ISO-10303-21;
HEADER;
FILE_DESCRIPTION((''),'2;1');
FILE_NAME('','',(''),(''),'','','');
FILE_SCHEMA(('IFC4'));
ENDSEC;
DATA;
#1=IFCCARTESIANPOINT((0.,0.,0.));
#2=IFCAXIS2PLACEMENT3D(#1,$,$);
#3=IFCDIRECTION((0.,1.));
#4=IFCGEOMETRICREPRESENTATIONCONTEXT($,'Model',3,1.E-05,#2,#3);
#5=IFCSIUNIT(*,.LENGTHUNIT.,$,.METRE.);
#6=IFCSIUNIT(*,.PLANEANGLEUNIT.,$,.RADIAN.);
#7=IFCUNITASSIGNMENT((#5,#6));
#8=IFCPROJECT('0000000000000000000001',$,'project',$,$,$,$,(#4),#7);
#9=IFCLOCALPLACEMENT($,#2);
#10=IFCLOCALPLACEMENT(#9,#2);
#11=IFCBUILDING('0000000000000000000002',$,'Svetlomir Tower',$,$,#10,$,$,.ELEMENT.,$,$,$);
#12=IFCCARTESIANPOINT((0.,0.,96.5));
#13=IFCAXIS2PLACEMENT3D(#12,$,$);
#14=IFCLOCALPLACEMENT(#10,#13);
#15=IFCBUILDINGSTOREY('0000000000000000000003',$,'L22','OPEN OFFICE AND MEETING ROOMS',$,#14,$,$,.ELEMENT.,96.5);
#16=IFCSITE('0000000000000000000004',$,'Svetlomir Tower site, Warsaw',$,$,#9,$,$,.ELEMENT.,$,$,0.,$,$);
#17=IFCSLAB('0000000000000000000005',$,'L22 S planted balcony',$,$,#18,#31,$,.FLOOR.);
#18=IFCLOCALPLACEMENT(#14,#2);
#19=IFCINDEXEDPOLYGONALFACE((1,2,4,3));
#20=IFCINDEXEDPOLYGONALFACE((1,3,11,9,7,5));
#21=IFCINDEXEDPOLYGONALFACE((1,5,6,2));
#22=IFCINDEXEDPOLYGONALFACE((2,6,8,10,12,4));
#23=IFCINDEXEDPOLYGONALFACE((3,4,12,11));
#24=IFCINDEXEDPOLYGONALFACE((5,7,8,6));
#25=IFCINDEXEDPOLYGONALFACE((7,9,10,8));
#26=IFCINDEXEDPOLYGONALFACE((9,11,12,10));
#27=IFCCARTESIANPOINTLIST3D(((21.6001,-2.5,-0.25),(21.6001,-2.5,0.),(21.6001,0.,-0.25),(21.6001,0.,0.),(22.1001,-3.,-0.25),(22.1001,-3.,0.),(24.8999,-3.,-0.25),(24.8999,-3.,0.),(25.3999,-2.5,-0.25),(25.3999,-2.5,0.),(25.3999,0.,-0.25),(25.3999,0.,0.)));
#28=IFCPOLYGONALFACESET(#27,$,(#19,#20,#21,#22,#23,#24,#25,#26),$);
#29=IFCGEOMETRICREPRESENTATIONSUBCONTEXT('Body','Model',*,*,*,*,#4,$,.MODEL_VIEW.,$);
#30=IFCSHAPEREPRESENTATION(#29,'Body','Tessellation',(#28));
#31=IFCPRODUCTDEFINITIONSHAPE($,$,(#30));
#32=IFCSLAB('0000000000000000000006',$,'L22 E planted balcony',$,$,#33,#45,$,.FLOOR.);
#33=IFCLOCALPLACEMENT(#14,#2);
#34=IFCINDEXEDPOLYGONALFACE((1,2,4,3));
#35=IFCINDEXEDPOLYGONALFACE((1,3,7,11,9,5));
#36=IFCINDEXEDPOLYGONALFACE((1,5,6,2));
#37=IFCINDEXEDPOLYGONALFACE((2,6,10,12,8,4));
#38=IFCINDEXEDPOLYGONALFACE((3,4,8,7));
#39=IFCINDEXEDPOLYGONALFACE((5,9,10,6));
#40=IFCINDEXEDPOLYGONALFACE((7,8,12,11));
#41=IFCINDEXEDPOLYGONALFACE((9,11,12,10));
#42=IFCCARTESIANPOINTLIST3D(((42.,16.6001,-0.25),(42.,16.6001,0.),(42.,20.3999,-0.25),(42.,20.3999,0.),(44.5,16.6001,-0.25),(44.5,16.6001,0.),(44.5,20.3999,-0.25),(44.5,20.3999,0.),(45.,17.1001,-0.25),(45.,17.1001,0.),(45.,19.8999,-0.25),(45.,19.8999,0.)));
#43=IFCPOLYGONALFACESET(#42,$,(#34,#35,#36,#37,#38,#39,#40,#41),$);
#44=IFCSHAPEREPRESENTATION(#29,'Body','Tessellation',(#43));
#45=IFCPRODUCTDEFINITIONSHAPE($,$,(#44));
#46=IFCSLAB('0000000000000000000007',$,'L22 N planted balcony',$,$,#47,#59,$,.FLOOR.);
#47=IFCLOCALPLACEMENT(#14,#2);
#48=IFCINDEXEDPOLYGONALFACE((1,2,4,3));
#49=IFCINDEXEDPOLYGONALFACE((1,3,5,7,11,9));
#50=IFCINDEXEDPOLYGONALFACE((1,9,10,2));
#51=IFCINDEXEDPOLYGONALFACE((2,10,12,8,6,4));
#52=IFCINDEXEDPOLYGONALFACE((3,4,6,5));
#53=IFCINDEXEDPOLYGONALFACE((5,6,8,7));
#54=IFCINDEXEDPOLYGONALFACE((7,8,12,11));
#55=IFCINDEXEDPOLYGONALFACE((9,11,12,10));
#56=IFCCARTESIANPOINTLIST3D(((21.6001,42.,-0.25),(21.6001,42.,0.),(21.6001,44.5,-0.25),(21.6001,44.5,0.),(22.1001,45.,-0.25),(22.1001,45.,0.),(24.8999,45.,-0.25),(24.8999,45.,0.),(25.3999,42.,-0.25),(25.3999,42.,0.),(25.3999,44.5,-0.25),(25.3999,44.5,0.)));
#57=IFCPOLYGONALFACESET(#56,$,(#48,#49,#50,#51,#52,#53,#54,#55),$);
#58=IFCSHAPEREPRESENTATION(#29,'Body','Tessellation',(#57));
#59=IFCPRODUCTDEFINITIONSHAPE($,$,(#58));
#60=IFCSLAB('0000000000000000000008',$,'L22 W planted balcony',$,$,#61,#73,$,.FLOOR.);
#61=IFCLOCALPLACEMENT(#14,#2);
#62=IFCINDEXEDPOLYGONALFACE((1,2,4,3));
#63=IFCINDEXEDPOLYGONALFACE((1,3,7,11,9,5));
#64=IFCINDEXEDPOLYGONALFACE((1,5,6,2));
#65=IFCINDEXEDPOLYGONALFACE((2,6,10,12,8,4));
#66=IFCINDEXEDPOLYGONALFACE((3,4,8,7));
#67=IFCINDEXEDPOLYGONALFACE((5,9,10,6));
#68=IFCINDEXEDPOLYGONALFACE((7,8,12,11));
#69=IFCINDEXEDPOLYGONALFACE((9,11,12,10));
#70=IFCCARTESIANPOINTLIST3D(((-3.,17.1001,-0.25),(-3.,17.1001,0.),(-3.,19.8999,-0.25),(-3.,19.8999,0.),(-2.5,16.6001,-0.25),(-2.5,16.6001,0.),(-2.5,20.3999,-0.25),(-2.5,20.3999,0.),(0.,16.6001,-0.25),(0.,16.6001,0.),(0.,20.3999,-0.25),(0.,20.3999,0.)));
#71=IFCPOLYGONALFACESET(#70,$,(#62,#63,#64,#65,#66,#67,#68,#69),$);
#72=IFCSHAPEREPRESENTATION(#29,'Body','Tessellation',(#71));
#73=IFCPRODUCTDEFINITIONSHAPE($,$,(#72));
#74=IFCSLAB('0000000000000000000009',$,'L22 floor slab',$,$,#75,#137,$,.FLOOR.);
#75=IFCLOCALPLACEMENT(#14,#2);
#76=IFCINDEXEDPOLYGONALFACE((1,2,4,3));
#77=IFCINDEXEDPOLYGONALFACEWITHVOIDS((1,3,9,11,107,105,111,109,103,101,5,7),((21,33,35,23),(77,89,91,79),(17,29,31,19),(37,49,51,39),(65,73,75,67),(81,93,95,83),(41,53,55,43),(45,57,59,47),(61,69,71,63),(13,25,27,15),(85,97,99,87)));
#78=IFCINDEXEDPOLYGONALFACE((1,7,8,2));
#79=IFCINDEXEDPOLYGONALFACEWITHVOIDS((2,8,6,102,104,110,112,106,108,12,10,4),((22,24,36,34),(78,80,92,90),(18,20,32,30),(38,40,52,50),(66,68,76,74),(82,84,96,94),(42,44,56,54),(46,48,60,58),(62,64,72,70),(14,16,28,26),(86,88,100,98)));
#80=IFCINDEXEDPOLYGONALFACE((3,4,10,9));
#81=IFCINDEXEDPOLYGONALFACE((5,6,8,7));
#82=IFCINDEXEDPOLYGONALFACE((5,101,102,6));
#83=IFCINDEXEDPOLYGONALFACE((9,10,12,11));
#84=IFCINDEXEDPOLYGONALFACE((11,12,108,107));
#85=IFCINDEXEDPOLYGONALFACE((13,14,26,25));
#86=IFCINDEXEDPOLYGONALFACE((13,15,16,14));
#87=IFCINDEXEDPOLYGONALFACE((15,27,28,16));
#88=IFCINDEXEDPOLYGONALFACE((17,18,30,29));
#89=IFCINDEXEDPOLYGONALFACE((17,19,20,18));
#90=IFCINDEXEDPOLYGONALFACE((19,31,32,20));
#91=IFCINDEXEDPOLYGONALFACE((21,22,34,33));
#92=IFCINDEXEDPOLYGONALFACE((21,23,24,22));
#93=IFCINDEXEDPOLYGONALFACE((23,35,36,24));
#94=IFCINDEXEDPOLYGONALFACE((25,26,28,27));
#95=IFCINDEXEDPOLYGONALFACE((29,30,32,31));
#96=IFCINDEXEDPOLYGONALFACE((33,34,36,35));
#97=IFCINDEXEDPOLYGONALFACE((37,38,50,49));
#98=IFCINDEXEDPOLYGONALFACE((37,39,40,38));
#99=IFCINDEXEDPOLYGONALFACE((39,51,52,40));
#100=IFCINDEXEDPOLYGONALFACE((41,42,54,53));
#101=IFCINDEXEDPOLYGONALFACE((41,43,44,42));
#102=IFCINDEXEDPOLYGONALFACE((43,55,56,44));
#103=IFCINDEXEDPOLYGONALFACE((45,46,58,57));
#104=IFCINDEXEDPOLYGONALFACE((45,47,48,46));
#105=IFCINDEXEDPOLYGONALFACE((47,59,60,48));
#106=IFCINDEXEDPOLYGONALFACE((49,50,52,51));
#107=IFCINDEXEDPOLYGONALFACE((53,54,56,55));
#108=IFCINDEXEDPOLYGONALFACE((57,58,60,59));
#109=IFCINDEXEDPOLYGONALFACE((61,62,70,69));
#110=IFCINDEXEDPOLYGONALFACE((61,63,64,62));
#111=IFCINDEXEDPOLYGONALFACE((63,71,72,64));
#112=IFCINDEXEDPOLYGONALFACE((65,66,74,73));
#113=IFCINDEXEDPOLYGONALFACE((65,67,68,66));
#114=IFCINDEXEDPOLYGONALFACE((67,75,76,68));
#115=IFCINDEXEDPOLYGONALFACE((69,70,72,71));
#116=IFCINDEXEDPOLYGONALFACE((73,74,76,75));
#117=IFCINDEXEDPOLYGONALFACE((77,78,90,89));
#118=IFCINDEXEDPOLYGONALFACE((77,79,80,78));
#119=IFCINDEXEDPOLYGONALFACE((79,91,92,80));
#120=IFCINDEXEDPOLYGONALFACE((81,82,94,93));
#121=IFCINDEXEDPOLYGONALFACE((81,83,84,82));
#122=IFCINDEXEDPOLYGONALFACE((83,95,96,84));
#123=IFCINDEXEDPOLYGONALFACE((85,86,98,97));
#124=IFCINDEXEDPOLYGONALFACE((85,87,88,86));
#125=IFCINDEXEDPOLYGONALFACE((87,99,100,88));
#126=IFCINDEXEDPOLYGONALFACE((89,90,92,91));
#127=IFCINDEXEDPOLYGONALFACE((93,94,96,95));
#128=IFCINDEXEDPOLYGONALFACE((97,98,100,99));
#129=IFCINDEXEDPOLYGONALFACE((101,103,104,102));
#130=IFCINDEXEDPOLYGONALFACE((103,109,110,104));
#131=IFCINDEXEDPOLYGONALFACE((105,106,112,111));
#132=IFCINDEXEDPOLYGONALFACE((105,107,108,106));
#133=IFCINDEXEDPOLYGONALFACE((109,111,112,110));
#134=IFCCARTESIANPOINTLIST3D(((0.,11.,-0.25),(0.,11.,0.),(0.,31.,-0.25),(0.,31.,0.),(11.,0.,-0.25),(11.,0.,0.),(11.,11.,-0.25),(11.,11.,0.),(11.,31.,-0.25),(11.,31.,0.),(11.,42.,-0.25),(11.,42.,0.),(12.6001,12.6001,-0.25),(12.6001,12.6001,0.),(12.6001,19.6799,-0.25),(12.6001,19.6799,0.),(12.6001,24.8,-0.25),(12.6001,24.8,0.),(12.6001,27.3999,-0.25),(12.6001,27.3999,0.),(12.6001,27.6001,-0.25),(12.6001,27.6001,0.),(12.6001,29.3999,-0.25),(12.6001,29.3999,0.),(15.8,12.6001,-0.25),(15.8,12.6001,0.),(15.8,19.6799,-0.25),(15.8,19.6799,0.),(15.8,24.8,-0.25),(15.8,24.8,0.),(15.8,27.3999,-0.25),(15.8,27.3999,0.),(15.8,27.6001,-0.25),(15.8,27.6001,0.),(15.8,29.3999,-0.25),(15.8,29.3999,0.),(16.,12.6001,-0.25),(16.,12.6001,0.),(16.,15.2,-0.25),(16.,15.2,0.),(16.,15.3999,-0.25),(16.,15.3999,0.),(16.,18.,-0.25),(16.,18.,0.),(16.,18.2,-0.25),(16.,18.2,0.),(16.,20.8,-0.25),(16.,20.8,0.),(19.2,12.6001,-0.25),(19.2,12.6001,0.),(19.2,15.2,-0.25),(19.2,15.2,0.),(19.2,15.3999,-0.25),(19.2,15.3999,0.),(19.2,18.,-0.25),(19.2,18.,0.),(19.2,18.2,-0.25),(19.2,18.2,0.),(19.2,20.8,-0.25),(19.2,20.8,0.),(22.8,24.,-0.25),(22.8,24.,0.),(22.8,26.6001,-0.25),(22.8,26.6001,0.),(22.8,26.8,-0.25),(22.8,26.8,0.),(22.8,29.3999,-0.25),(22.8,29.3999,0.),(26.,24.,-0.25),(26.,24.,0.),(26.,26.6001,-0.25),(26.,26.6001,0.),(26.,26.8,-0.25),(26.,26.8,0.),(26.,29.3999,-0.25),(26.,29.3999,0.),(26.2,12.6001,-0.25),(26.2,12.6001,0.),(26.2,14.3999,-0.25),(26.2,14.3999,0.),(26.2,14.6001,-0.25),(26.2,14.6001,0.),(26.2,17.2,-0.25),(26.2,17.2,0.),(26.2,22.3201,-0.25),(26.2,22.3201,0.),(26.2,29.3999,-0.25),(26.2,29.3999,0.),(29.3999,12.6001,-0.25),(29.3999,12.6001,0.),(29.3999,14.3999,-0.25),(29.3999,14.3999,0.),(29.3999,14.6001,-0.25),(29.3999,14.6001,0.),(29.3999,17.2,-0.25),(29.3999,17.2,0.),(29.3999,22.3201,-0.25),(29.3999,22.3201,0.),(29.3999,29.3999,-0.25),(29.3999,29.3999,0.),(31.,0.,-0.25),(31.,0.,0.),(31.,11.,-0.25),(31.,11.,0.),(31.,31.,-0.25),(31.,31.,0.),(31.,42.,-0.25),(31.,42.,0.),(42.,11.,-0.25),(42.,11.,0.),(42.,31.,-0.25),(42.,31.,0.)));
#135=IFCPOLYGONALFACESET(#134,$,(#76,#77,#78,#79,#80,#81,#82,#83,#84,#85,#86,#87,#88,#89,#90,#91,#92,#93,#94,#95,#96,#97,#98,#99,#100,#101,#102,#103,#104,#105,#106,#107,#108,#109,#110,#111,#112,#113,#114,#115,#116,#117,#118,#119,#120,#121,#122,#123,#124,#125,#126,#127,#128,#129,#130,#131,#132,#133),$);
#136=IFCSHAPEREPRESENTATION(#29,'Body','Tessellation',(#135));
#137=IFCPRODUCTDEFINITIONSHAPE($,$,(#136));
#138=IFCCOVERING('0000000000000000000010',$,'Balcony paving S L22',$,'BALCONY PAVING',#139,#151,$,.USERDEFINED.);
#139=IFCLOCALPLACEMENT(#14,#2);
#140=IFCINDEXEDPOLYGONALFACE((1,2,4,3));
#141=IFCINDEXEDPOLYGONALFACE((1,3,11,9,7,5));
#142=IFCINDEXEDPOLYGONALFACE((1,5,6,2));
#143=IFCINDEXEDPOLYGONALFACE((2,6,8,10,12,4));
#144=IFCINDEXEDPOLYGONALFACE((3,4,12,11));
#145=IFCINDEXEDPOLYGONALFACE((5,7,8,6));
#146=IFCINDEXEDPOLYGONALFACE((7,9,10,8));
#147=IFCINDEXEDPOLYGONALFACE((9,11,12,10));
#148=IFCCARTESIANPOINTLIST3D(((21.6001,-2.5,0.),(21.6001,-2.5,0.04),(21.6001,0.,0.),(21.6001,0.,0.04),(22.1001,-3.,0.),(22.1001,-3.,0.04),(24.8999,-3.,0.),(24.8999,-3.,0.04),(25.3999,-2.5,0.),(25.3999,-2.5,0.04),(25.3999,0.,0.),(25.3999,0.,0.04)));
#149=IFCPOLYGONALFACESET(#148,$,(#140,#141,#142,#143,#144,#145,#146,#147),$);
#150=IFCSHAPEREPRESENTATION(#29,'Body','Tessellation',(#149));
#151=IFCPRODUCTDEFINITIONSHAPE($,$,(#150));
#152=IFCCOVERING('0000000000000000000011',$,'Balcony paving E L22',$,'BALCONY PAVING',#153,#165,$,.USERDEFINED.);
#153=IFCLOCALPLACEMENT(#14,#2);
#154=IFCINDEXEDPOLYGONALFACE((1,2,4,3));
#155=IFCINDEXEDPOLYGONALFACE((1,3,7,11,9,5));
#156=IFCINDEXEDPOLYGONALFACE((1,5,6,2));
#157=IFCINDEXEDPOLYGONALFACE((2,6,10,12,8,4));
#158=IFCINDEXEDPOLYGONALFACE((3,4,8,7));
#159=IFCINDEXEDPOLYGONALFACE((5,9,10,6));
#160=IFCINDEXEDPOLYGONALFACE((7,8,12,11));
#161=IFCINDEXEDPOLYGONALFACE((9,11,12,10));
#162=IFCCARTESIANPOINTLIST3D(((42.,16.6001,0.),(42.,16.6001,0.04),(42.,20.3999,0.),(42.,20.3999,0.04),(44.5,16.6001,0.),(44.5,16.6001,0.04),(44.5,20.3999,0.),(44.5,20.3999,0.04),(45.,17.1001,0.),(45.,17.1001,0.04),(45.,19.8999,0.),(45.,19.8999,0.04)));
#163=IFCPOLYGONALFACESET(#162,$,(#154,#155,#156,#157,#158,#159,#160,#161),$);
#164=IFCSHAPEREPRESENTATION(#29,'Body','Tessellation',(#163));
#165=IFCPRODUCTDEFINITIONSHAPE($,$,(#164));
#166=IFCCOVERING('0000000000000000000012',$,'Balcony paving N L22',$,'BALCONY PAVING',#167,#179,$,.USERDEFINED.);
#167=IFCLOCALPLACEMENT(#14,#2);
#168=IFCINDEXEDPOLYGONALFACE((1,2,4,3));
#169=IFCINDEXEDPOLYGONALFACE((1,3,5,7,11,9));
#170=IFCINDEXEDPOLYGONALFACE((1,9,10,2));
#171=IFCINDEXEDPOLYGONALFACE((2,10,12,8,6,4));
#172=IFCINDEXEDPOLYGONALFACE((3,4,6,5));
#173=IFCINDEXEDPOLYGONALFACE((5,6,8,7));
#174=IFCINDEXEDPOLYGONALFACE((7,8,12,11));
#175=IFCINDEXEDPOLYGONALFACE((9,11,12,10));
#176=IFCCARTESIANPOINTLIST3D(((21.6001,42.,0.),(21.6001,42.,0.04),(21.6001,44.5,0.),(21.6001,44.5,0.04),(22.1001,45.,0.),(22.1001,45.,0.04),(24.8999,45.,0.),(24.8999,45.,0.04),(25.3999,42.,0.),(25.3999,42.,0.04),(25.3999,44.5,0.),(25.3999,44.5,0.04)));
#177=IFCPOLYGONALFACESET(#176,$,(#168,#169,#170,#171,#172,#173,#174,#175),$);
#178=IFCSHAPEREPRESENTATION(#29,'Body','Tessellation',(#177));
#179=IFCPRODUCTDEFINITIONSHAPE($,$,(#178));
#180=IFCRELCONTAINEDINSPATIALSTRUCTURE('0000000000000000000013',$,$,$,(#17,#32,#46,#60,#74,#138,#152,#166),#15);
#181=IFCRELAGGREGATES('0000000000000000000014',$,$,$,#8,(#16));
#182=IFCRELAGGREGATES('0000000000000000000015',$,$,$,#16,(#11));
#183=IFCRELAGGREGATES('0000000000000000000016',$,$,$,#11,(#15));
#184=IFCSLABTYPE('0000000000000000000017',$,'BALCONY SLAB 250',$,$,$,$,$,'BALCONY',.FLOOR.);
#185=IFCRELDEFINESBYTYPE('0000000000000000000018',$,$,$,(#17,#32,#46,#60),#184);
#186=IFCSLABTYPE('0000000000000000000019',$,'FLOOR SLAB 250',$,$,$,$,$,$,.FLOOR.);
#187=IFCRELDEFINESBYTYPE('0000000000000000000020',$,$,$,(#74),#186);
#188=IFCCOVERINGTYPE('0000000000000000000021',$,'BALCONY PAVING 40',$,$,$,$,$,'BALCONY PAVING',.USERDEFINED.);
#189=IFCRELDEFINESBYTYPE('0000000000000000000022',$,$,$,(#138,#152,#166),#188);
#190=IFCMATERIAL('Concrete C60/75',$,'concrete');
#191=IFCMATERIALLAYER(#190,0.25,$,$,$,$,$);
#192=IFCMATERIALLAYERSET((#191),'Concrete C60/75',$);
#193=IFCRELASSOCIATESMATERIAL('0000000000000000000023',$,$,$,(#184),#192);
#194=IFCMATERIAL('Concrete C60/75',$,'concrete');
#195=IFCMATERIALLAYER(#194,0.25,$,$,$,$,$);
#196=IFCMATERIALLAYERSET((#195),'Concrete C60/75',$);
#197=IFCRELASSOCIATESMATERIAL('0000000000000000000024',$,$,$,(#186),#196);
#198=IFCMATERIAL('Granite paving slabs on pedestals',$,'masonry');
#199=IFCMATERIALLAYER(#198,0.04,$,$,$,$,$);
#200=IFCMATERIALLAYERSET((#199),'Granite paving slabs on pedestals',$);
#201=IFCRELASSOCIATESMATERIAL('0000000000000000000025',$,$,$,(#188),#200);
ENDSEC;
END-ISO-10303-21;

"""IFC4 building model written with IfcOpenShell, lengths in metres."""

from ifc_helpers import new_model, si_unit, direction, frame, origin, place, context, subcontext, project, spatial, polyline, outline, extrude, material, layer, layer_set, type_object, element, save


model = new_model("IFC4")

# Units and contexts
model_context = context("Model", 3, precision=1e-05, world=origin(), true_north=direction((0.0, 1.0)))
body_context = subcontext(model_context, "Body", "Model", "MODEL_VIEW")
ifc_project = project(units=[si_unit("LENGTHUNIT", "METRE"), si_unit("PLANEANGLEUNIT", "RADIAN")], contexts=[model_context])

# Site, building, storey
site_placement = place(None, origin())
site = spatial("IfcSite", under=ifc_project, at=site_placement, Name="Svetlomir Tower site, Warsaw", CompositionType="ELEMENT", RefElevation=0.0)
building_placement = place(site_placement, origin())
building = spatial("IfcBuilding", under=site, at=building_placement, Name="Svetlomir Tower", CompositionType="ELEMENT")
storey_placement = place(building_placement, frame((0.0, 0.0, 96.5)))
storey = spatial("IfcBuildingStorey", under=building, at=storey_placement, Name="L22", Description="OPEN OFFICE AND MEETING ROOMS", CompositionType="ELEMENT", Elevation=96.5)

# Slabs
ifc_material_1 = material(Name="Concrete C60/75", Category="concrete")
ifc_layer_1 = layer(ifc_material_1, 0.25)
ifc_layer_set_1 = layer_set([ifc_layer_1], Name="Concrete C60/75")
slab_type_1 = type_object("IfcSlabType", Name="BALCONY SLAB 250", ElementType="BALCONY", PredefinedType="FLOOR", material=ifc_layer_set_1)
slab_1_placement = place(storey_placement, frame((0.0, 0.0, -0.25)))
element("IfcSlab", 1, at=slab_1_placement, inside=storey, type_object=slab_type_1, Name="L22 S planted balcony", PredefinedType="FLOOR", context=body_context, shape_type="SweptSolid", body=[
    extrude(outline(polyline([(21.6001, -2.5), (22.1001, -3.0), (24.8999, -3.0), (25.3999, -2.5), (25.3999, 0.0), (21.6001, 0.0), (21.6001, -2.5)])), origin(), (0.0, 0.0, 1.0), 0.25),
])
slab_2_placement = place(storey_placement, frame((0.0, 0.0, -0.25)))
element("IfcSlab", 2, at=slab_2_placement, inside=storey, type_object=slab_type_1, Name="L22 E planted balcony", PredefinedType="FLOOR", context=body_context, shape_type="SweptSolid", body=[
    extrude(outline(polyline([(42.0, 16.6001), (44.5, 16.6001), (45.0, 17.1001), (45.0, 19.8999), (44.5, 20.3999), (42.0, 20.3999), (42.0, 16.6001)])), origin(), (0.0, 0.0, 1.0), 0.25),
])
slab_3_placement = place(storey_placement, frame((0.0, 0.0, -0.25)))
element("IfcSlab", 3, at=slab_3_placement, inside=storey, type_object=slab_type_1, Name="L22 N planted balcony", PredefinedType="FLOOR", context=body_context, shape_type="SweptSolid", body=[
    extrude(outline(polyline([(21.6001, 42.0), (25.3999, 42.0), (25.3999, 44.5), (24.8999, 45.0), (22.1001, 45.0), (21.6001, 44.5), (21.6001, 42.0)])), origin(), (0.0, 0.0, 1.0), 0.25),
])
slab_4_placement = place(storey_placement, frame((0.0, 0.0, -0.25)))
element("IfcSlab", 4, at=slab_4_placement, inside=storey, type_object=slab_type_1, Name="L22 W planted balcony", PredefinedType="FLOOR", context=body_context, shape_type="SweptSolid", body=[
    extrude(outline(polyline([(-2.5, 16.6001), (0.0, 16.6001), (0.0, 20.3999), (-2.5, 20.3999), (-3.0, 19.8999), (-3.0, 17.1001), (-2.5, 16.6001)])), origin(), (0.0, 0.0, 1.0), 0.25),
])
ifc_material_2 = material(Name="Concrete C60/75", Category="concrete")
ifc_layer_2 = layer(ifc_material_2, 0.25)
ifc_layer_set_2 = layer_set([ifc_layer_2], Name="Concrete C60/75")
slab_type_2 = type_object("IfcSlabType", Name="FLOOR SLAB 250", PredefinedType="FLOOR", material=ifc_layer_set_2)
slab_5_placement = place(storey_placement, frame((0.0, 0.0, -0.25)))
element("IfcSlab", 5, at=slab_5_placement, inside=storey, type_object=slab_type_2, Name="L22 floor slab", PredefinedType="FLOOR", context=body_context, shape_type="SweptSolid", body=[
    extrude(outline(polyline([(11.0, 0.0), (31.0, 0.0), (31.0, 11.0), (42.0, 11.0), (42.0, 31.0), (31.0, 31.0), (31.0, 42.0), (11.0, 42.0), (11.0, 31.0), (0.0, 31.0), (0.0, 11.0), (11.0, 11.0), (11.0, 0.0)]), holes=[polyline([(12.6001, 24.8), (15.8, 24.8), (15.8, 27.3999), (12.6001, 27.3999), (12.6001, 24.8)]), polyline([(26.2, 14.6001), (29.3999, 14.6001), (29.3999, 17.2), (26.2, 17.2), (26.2, 14.6001)]), polyline([(16.0, 12.6001), (19.2, 12.6001), (19.2, 15.2), (16.0, 15.2), (16.0, 12.6001)]), polyline([(16.0, 15.3999), (19.2, 15.3999), (19.2, 18.0), (16.0, 18.0), (16.0, 15.3999)]), polyline([(16.0, 18.2), (19.2, 18.2), (19.2, 20.8), (16.0, 20.8), (16.0, 18.2)]), polyline([(22.8, 24.0), (26.0, 24.0), (26.0, 26.6001), (22.8, 26.6001), (22.8, 24.0)]), polyline([(22.8, 26.8), (26.0, 26.8), (26.0, 29.3999), (22.8, 29.3999), (22.8, 26.8)]), polyline([(12.6001, 27.6001), (15.8, 27.6001), (15.8, 29.3999), (12.6001, 29.3999), (12.6001, 27.6001)]), polyline([(26.2, 12.6001), (29.3999, 12.6001), (29.3999, 14.3999), (26.2, 14.3999), (26.2, 12.6001)]), polyline([(12.6001, 12.6001), (15.8, 12.6001), (15.8, 19.6799), (12.6001, 19.6799), (12.6001, 12.6001)]), polyline([(26.2, 22.3201), (29.3999, 22.3201), (29.3999, 29.3999), (26.2, 29.3999), (26.2, 22.3201)])]), origin(), (0.0, 0.0, 1.0), 0.25),
])

# Coverings
ifc_material_3 = material(Name="Granite paving slabs on pedestals", Category="masonry")
ifc_layer_3 = layer(ifc_material_3, 0.04)
ifc_layer_set_3 = layer_set([ifc_layer_3], Name="Granite paving slabs on pedestals")
covering_type_1 = type_object("IfcCoveringType", Name="BALCONY PAVING 40", ElementType="BALCONY PAVING", PredefinedType="USERDEFINED", material=ifc_layer_set_3)
covering_1_placement = place(storey_placement, origin())
element("IfcCovering", 6, at=covering_1_placement, inside=storey, type_object=covering_type_1, Name="Balcony paving S L22", ObjectType="BALCONY PAVING", PredefinedType="USERDEFINED", context=body_context, shape_type="SweptSolid", body=[
    extrude(outline(polyline([(21.6001, -2.5), (22.1001, -3.0), (24.8999, -3.0), (25.3999, -2.5), (25.3999, 0.0), (21.6001, 0.0), (21.6001, -2.5)])), origin(), (0.0, 0.0, 1.0), 0.04),
])
covering_2_placement = place(storey_placement, origin())
element("IfcCovering", 7, at=covering_2_placement, inside=storey, type_object=covering_type_1, Name="Balcony paving E L22", ObjectType="BALCONY PAVING", PredefinedType="USERDEFINED", context=body_context, shape_type="SweptSolid", body=[
    extrude(outline(polyline([(42.0, 16.6001), (44.5, 16.6001), (45.0, 17.1001), (45.0, 19.8999), (44.5, 20.3999), (42.0, 20.3999), (42.0, 16.6001)])), origin(), (0.0, 0.0, 1.0), 0.04),
])
covering_3_placement = place(storey_placement, origin())
element("IfcCovering", 8, at=covering_3_placement, inside=storey, type_object=covering_type_1, Name="Balcony paving N L22", ObjectType="BALCONY PAVING", PredefinedType="USERDEFINED", context=body_context, shape_type="SweptSolid", body=[
    extrude(outline(polyline([(21.6001, 42.0), (25.3999, 42.0), (25.3999, 44.5), (24.8999, 45.0), (22.1001, 45.0), (21.6001, 44.5), (21.6001, 42.0)])), origin(), (0.0, 0.0, 1.0), 0.04),
])

save(model, "model.ifc")
